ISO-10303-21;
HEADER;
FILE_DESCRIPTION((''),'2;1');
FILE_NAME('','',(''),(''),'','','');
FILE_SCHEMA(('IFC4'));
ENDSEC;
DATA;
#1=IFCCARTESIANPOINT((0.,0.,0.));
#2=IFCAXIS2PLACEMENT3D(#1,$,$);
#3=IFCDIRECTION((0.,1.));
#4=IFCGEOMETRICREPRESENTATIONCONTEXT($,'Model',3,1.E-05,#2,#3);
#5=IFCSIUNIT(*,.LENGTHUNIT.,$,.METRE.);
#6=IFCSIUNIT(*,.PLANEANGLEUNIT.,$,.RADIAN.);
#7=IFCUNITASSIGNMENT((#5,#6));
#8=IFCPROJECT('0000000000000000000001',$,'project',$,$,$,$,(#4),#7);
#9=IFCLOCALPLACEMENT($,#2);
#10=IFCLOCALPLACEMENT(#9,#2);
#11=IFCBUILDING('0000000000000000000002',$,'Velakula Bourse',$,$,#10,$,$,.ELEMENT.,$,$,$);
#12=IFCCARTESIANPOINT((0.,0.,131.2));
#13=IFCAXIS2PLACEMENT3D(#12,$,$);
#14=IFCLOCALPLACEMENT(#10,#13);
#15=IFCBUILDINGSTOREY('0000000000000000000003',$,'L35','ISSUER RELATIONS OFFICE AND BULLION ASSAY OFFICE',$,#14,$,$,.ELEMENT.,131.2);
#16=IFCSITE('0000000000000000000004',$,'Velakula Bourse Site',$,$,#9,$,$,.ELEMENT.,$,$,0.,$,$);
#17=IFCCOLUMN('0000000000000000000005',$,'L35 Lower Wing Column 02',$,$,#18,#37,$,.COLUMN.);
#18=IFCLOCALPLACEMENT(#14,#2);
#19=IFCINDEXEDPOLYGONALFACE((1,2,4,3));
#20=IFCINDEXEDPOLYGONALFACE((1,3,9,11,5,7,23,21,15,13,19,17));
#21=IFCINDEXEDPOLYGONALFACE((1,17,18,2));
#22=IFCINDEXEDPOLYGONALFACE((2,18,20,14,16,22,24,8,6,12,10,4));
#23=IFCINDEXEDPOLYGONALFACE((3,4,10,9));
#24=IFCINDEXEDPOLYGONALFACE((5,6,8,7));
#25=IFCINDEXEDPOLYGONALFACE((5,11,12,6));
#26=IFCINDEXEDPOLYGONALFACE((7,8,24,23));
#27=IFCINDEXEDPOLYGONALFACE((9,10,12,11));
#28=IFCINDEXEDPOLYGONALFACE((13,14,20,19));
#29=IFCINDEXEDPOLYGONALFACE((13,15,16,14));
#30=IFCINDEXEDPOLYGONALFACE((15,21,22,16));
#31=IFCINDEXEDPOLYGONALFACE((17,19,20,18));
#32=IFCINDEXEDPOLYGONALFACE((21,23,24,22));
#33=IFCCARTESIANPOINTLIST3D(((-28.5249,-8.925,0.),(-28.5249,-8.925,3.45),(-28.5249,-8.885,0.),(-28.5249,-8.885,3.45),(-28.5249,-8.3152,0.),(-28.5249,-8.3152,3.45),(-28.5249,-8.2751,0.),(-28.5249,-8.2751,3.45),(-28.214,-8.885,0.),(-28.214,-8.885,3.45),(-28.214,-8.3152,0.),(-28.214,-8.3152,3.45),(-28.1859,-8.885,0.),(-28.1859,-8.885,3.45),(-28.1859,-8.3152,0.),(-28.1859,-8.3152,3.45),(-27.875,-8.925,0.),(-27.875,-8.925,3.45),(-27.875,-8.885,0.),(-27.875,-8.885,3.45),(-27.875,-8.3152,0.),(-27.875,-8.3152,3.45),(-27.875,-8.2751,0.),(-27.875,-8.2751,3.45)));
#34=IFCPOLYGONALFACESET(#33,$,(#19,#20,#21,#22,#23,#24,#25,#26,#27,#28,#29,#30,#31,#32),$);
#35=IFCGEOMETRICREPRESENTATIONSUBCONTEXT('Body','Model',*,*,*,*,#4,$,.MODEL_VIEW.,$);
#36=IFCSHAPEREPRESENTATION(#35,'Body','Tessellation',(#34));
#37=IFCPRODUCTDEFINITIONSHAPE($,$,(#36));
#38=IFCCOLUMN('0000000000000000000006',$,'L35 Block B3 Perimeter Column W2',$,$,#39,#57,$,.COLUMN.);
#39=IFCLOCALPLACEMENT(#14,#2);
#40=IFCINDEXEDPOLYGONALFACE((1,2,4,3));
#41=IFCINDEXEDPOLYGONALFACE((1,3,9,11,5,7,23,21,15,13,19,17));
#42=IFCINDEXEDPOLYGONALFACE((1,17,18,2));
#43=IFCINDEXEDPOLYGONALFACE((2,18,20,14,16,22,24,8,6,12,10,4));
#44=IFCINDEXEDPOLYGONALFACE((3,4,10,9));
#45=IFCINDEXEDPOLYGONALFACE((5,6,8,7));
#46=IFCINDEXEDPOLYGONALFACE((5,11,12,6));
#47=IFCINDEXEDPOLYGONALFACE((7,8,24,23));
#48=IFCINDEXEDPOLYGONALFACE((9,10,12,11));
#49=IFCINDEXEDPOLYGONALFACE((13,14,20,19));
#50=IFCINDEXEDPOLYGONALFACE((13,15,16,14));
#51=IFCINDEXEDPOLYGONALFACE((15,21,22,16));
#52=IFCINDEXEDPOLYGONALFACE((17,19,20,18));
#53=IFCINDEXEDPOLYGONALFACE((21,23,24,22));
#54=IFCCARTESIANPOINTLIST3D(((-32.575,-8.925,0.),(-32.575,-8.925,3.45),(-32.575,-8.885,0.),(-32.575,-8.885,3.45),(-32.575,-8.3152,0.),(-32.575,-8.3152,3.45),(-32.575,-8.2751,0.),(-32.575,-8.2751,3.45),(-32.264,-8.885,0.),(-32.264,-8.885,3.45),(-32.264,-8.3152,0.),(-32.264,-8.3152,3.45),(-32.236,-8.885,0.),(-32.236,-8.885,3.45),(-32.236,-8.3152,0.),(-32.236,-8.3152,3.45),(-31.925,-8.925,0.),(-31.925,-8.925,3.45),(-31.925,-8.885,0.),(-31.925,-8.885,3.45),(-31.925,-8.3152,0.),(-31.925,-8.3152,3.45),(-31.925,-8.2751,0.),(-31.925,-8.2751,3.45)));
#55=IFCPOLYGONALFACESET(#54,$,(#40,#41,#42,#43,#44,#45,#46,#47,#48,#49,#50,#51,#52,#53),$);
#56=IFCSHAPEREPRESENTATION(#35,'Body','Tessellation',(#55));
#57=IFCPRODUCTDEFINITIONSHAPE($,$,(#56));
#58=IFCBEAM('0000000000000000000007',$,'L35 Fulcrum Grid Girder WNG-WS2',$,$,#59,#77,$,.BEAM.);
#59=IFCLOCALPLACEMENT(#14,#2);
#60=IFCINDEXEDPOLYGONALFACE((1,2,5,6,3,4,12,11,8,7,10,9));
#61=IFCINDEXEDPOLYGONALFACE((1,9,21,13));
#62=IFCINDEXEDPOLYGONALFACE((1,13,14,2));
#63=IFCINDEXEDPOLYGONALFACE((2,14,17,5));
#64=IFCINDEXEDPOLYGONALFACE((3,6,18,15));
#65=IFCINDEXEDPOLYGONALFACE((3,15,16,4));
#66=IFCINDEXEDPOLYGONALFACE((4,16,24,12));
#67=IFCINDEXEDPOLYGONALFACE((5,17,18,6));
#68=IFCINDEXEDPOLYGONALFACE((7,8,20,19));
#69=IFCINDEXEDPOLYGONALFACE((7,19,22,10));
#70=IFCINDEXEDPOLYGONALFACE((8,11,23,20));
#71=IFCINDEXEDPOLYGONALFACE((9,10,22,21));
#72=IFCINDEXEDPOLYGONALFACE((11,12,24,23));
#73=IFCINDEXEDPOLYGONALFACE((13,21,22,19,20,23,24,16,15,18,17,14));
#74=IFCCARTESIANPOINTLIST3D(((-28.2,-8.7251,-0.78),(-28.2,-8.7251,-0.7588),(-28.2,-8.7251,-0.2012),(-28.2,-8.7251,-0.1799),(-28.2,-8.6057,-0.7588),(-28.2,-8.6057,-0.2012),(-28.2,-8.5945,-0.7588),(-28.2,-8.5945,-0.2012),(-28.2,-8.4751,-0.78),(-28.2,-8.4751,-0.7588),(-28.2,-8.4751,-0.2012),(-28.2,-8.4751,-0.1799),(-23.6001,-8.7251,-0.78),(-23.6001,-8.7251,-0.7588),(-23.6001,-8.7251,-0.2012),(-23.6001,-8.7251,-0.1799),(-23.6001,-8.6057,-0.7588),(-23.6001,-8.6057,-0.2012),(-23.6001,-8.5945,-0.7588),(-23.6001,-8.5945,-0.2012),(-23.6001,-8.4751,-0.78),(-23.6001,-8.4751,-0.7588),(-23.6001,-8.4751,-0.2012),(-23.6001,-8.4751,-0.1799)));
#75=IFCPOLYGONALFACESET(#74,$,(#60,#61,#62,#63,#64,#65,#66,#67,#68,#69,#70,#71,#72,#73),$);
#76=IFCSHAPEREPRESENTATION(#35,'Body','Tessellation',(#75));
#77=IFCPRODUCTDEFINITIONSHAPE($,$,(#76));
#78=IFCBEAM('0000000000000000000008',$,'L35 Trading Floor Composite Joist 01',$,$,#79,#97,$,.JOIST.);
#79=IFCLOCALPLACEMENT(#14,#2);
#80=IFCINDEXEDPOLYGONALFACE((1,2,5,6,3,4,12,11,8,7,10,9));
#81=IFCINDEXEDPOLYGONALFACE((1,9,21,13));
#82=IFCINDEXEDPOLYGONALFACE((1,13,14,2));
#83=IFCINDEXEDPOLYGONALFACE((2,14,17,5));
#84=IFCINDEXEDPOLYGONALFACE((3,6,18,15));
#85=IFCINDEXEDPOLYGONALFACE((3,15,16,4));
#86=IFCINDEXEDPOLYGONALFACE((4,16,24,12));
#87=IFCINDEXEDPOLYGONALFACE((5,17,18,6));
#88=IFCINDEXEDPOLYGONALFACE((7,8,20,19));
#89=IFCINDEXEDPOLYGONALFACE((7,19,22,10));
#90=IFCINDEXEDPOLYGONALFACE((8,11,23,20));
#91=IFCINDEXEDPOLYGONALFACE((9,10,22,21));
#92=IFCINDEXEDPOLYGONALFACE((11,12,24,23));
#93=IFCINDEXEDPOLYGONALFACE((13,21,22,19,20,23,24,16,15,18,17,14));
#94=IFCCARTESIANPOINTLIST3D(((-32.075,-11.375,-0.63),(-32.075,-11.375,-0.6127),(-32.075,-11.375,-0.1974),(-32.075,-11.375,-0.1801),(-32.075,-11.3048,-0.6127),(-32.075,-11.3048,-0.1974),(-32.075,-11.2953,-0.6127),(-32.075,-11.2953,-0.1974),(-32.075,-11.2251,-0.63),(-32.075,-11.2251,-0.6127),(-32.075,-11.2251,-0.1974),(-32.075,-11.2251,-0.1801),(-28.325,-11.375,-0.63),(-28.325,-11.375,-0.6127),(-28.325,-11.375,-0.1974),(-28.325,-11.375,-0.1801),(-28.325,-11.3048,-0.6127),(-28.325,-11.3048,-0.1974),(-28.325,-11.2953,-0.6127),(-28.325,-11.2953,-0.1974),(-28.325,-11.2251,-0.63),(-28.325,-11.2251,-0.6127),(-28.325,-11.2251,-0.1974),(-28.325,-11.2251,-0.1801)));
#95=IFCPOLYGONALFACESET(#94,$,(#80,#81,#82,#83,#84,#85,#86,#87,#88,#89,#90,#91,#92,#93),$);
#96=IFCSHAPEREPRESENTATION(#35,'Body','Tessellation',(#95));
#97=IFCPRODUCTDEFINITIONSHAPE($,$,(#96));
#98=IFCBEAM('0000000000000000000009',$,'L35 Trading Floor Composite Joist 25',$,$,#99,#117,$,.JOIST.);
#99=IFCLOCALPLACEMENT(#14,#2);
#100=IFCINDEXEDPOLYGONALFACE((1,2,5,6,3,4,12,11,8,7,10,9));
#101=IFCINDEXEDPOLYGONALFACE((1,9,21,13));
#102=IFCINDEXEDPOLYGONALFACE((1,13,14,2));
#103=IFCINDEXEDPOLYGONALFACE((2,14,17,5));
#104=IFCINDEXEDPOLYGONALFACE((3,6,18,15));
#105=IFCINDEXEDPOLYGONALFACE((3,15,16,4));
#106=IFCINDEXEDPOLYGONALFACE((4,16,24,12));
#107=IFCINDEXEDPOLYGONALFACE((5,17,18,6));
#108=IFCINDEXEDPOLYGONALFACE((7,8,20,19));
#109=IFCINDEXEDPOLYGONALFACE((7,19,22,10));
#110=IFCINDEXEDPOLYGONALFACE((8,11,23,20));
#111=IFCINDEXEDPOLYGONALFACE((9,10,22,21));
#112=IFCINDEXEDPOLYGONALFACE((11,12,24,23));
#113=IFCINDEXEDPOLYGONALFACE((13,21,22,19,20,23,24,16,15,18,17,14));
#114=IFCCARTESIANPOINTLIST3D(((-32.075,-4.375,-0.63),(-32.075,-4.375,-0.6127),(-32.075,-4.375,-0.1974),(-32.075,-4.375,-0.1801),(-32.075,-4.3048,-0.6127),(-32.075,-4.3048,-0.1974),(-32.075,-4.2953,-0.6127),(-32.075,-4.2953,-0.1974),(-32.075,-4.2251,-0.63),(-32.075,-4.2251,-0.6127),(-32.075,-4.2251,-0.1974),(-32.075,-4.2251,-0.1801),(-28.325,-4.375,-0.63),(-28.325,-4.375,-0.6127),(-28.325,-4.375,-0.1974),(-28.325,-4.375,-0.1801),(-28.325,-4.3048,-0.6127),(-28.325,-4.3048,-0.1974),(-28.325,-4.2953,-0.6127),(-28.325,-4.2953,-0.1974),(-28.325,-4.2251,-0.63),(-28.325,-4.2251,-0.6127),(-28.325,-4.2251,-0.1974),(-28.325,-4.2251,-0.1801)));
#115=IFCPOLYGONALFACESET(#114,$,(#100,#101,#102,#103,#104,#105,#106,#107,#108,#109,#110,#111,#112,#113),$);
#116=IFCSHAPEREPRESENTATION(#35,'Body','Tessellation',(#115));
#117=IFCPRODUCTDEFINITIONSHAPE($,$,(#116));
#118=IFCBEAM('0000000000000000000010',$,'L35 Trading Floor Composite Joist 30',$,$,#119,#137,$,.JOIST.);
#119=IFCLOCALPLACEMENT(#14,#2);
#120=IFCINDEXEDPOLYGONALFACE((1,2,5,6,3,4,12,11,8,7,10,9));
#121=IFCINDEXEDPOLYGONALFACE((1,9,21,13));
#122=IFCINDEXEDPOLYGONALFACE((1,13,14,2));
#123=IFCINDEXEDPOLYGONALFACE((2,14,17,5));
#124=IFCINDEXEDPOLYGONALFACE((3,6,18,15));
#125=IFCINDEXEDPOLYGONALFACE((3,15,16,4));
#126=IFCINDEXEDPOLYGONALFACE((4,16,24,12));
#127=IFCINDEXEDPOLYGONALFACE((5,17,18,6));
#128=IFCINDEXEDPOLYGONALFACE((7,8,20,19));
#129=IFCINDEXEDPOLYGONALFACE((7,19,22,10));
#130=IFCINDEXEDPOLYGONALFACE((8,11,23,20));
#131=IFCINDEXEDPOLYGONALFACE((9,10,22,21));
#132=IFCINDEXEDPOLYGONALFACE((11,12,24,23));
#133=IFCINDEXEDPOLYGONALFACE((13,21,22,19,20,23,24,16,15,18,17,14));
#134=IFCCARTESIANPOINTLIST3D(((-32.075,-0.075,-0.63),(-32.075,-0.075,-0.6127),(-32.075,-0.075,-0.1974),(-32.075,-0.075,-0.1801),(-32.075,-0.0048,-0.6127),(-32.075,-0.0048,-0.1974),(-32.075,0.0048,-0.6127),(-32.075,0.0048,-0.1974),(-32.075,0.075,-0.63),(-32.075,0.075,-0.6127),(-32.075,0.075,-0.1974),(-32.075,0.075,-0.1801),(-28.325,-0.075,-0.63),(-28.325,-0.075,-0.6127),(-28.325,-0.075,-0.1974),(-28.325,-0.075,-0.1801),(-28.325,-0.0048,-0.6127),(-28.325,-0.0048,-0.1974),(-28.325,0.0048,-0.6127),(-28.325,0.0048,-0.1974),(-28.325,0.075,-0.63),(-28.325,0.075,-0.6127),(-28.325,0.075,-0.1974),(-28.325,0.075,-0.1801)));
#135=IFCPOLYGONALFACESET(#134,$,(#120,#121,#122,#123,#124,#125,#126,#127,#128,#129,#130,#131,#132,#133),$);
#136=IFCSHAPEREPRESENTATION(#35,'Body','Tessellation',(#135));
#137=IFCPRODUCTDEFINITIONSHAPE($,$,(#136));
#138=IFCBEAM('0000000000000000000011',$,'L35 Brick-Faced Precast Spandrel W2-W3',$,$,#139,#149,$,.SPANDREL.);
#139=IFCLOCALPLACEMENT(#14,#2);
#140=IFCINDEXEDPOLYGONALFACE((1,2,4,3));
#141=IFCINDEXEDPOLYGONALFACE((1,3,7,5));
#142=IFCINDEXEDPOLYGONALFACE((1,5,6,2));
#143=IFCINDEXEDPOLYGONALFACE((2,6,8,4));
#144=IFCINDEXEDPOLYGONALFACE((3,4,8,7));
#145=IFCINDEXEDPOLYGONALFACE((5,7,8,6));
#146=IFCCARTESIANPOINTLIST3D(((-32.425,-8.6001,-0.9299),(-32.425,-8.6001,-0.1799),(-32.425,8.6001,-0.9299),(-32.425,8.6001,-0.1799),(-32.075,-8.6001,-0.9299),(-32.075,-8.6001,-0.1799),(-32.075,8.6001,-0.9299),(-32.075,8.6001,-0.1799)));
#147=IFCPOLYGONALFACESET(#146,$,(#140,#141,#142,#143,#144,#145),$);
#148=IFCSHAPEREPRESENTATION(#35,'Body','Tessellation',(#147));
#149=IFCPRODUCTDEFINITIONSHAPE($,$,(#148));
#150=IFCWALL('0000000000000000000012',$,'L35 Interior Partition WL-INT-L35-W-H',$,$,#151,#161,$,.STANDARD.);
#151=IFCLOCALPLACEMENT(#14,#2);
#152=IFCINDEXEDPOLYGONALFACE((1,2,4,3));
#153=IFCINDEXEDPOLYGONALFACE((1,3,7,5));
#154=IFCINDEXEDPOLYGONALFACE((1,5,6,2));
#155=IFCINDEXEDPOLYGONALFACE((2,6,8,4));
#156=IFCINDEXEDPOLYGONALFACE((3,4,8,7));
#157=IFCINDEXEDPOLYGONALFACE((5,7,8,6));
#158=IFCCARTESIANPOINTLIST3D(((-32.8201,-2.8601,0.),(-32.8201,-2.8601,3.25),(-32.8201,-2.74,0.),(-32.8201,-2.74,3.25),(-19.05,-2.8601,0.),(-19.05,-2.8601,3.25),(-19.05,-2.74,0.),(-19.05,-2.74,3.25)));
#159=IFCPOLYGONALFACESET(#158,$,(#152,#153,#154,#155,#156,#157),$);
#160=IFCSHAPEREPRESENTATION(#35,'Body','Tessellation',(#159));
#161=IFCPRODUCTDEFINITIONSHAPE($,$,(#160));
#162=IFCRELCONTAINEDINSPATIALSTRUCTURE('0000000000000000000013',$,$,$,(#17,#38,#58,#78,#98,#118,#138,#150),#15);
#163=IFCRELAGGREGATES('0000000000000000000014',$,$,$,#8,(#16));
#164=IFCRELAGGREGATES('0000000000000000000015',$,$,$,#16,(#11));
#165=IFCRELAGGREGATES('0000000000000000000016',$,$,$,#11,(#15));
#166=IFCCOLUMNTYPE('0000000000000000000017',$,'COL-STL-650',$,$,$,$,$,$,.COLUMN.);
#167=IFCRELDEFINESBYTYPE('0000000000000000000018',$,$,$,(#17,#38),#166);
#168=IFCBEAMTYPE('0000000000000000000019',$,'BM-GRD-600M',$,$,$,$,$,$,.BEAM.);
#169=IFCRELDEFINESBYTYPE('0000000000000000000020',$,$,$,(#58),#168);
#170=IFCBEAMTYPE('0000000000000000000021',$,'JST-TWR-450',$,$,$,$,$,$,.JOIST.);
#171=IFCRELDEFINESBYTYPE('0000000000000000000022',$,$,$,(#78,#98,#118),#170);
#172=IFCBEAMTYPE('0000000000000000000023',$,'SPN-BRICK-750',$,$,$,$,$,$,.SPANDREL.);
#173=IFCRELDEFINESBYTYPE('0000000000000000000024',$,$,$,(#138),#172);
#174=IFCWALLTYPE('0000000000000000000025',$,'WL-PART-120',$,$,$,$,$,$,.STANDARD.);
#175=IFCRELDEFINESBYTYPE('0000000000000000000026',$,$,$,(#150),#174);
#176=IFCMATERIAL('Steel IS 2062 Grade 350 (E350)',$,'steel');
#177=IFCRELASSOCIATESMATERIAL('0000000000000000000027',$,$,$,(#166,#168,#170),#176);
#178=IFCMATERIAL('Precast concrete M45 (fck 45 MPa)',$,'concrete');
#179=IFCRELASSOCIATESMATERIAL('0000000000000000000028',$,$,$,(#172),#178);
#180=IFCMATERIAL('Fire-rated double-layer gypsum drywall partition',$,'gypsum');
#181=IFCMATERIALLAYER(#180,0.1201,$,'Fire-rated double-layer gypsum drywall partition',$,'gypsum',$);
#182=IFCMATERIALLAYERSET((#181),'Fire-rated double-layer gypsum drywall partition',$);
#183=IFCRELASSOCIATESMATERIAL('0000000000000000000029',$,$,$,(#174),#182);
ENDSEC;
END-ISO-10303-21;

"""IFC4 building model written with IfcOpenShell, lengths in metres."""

from ifc_helpers import new_model, si_unit, direction, frame, frame_2d, origin, origin_2d, place, context, subcontext, project, spatial, rectangle, i_section, extrude, material, layer, layer_set, material_profile, profile_set, type_object, element, save


model = new_model("IFC4")

# Units and contexts
model_context = context("Model", 3, precision=1e-05, world=origin(), true_north=direction((0.0, 1.0)))
body_context = subcontext(model_context, "Body", "Model", "MODEL_VIEW")
ifc_project = project(units=[si_unit("LENGTHUNIT", "METRE"), si_unit("PLANEANGLEUNIT", "RADIAN")], contexts=[model_context])

# Site, building, storey
site_placement = place(None, origin())
site = spatial("IfcSite", under=ifc_project, at=site_placement, Name="Velakula Bourse Site", CompositionType="ELEMENT", RefElevation=0.0)
building_placement = place(site_placement, origin())
building = spatial("IfcBuilding", under=site, at=building_placement, Name="Velakula Bourse", CompositionType="ELEMENT")
storey_placement = place(building_placement, frame((0.0, 0.0, 131.2)))
storey = spatial("IfcBuildingStorey", under=building, at=storey_placement, Name="L35", Description="ISSUER RELATIONS OFFICE AND BULLION ASSAY OFFICE", CompositionType="ELEMENT", Elevation=131.2)

# Columns
ifc_material_1 = material(Name="Steel IS 2062 Grade 350 (E350)", Category="steel")
ifc_material_profile_1 = material_profile(ifc_material_1, i_section(OverallWidth=0.6499, OverallDepth=0.6499, WebThickness=0.0281, FlangeThickness=0.04, at=origin_2d()), Name="Steel IS 2062 Grade 350 (E350)")
ifc_profile_set_1 = profile_set([ifc_material_profile_1], Name="Steel IS 2062 Grade 350 (E350)")
column_type = type_object("IfcColumnType", Name="COL-STL-650", PredefinedType="COLUMN", material=ifc_profile_set_1)
for number, where, z_axis, x_axis, name in (
    (1, (-28.2, -8.6001, 0.0), (0.0, 0.0, 1.0), (1.0, 0.0, 0.0), "L35 Lower Wing Column 02"),
    (2, (-32.25, -8.6001, 0.0), (0.0, 0.0, 1.0), (1.0, 0.0, 0.0), "L35 Block B3 Perimeter Column W2"),
):
    element("IfcColumn", number, at=place(storey_placement, frame(where, z_axis=z_axis, x_axis=x_axis)), inside=storey, type_object=column_type, Name=name, PredefinedType="COLUMN", context=body_context, shape_type="SweptSolid", body=[
        extrude(i_section(OverallWidth=0.6499, OverallDepth=0.6499, WebThickness=0.0281, FlangeThickness=0.04, at=origin_2d()), origin(), (0.0, 0.0, 1.0), 3.45),
    ])

# Beams
ifc_material_profile_2 = material_profile(ifc_material_1, i_section(OverallWidth=0.25, OverallDepth=0.6001, WebThickness=0.0112, FlangeThickness=0.0212, at=origin_2d()), Name="Steel IS 2062 Grade 350 (E350)")
ifc_profile_set_2 = profile_set([ifc_material_profile_2], Name="Steel IS 2062 Grade 350 (E350)")
beam_type_1 = type_object("IfcBeamType", Name="BM-GRD-600M", PredefinedType="BEAM", material=ifc_profile_set_2)
beam_1_placement = place(storey_placement, frame((-28.2, -8.6001, -0.48), z_axis=(1.0, 0.0, 0.0), x_axis=(0.0, 1.0, 0.0)))
element("IfcBeam", 3, at=beam_1_placement, inside=storey, type_object=beam_type_1, Name="L35 Fulcrum Grid Girder WNG-WS2", PredefinedType="BEAM", context=body_context, shape_type="SweptSolid", body=[
    extrude(i_section(OverallWidth=0.25, OverallDepth=0.6001, WebThickness=0.0112, FlangeThickness=0.0212, at=origin_2d()), origin(), (0.0, 0.0, 1.0), 4.5999),
])
ifc_material_profile_3 = material_profile(ifc_material_1, i_section(OverallWidth=0.1499, OverallDepth=0.45, WebThickness=0.0095, FlangeThickness=0.0173, at=origin_2d()), Name="Steel IS 2062 Grade 350 (E350)")
ifc_profile_set_3 = profile_set([ifc_material_profile_3], Name="Steel IS 2062 Grade 350 (E350)")
beam_type_2 = type_object("IfcBeamType", Name="JST-TWR-450", PredefinedType="JOIST", material=ifc_profile_set_3)
for number, where, z_axis, x_axis, name in (
    (4, (-32.075, -11.3, -0.405), (1.0, 0.0, 0.0), (0.0, 1.0, 0.0), "L35 Trading Floor Composite Joist 01"),
    (5, (-32.075, -4.3, -0.405), (1.0, 0.0, 0.0), (0.0, 1.0, 0.0), "L35 Trading Floor Composite Joist 25"),
    (6, (-32.075, 0.0, -0.405), (1.0, 0.0, 0.0), (0.0, 1.0, 0.0), "L35 Trading Floor Composite Joist 30"),
):
    element("IfcBeam", number, at=place(storey_placement, frame(where, z_axis=z_axis, x_axis=x_axis)), inside=storey, type_object=beam_type_2, Name=name, PredefinedType="JOIST", context=body_context, shape_type="SweptSolid", body=[
        extrude(i_section(OverallWidth=0.1499, OverallDepth=0.45, WebThickness=0.0095, FlangeThickness=0.0173, at=origin_2d()), origin(), (0.0, 0.0, 1.0), 3.75),
    ])
ifc_material_2 = material(Name="Precast concrete M45 (fck 45 MPa)", Category="concrete")
ifc_material_profile_4 = material_profile(ifc_material_2, rectangle(XDim=0.3501, YDim=0.75, at=origin_2d()), Name="Precast concrete M45 (fck 45 MPa)")
ifc_profile_set_4 = profile_set([ifc_material_profile_4], Name="Precast concrete M45 (fck 45 MPa)")
beam_type_3 = type_object("IfcBeamType", Name="SPN-BRICK-750", PredefinedType="SPANDREL", material=ifc_profile_set_4)
beam_2_placement = place(storey_placement, frame((-32.25, -8.6001, -0.5549), z_axis=(0.0, 1.0, 0.0), x_axis=(-1.0, 0.0, 0.0)))
element("IfcBeam", 7, at=beam_2_placement, inside=storey, type_object=beam_type_3, Name="L35 Brick-Faced Precast Spandrel W2-W3", PredefinedType="SPANDREL", context=body_context, shape_type="SweptSolid", body=[
    extrude(rectangle(XDim=0.3501, YDim=0.75, at=origin_2d()), origin(), (0.0, 0.0, 1.0), 17.2002),
])

# Wall
ifc_material_3 = material(Name="Fire-rated double-layer gypsum drywall partition", Category="gypsum")
ifc_layer_1 = layer(ifc_material_3, 0.1201, Name="Fire-rated double-layer gypsum drywall partition", Category="gypsum")
ifc_layer_set_1 = layer_set([ifc_layer_1], Name="Fire-rated double-layer gypsum drywall partition")
wall_type_1 = type_object("IfcWallType", Name="WL-PART-120", PredefinedType="STANDARD", material=ifc_layer_set_1)
wall_1_placement = place(storey_placement, frame((-32.8201, -2.8, 0.0), z_axis=(0.0, 0.0, 1.0), x_axis=(1.0, 0.0, 0.0)))
element("IfcWall", 8, at=wall_1_placement, inside=storey, type_object=wall_type_1, Name="L35 Interior Partition WL-INT-L35-W-H", PredefinedType="STANDARD", context=body_context, shape_type="SweptSolid", body=[
    extrude(rectangle(XDim=13.77, YDim=0.1201, at=frame_2d((6.885, 0.0))), origin(), (0.0, 0.0, 1.0), 3.25),
])

save(model, "model.ifc")
